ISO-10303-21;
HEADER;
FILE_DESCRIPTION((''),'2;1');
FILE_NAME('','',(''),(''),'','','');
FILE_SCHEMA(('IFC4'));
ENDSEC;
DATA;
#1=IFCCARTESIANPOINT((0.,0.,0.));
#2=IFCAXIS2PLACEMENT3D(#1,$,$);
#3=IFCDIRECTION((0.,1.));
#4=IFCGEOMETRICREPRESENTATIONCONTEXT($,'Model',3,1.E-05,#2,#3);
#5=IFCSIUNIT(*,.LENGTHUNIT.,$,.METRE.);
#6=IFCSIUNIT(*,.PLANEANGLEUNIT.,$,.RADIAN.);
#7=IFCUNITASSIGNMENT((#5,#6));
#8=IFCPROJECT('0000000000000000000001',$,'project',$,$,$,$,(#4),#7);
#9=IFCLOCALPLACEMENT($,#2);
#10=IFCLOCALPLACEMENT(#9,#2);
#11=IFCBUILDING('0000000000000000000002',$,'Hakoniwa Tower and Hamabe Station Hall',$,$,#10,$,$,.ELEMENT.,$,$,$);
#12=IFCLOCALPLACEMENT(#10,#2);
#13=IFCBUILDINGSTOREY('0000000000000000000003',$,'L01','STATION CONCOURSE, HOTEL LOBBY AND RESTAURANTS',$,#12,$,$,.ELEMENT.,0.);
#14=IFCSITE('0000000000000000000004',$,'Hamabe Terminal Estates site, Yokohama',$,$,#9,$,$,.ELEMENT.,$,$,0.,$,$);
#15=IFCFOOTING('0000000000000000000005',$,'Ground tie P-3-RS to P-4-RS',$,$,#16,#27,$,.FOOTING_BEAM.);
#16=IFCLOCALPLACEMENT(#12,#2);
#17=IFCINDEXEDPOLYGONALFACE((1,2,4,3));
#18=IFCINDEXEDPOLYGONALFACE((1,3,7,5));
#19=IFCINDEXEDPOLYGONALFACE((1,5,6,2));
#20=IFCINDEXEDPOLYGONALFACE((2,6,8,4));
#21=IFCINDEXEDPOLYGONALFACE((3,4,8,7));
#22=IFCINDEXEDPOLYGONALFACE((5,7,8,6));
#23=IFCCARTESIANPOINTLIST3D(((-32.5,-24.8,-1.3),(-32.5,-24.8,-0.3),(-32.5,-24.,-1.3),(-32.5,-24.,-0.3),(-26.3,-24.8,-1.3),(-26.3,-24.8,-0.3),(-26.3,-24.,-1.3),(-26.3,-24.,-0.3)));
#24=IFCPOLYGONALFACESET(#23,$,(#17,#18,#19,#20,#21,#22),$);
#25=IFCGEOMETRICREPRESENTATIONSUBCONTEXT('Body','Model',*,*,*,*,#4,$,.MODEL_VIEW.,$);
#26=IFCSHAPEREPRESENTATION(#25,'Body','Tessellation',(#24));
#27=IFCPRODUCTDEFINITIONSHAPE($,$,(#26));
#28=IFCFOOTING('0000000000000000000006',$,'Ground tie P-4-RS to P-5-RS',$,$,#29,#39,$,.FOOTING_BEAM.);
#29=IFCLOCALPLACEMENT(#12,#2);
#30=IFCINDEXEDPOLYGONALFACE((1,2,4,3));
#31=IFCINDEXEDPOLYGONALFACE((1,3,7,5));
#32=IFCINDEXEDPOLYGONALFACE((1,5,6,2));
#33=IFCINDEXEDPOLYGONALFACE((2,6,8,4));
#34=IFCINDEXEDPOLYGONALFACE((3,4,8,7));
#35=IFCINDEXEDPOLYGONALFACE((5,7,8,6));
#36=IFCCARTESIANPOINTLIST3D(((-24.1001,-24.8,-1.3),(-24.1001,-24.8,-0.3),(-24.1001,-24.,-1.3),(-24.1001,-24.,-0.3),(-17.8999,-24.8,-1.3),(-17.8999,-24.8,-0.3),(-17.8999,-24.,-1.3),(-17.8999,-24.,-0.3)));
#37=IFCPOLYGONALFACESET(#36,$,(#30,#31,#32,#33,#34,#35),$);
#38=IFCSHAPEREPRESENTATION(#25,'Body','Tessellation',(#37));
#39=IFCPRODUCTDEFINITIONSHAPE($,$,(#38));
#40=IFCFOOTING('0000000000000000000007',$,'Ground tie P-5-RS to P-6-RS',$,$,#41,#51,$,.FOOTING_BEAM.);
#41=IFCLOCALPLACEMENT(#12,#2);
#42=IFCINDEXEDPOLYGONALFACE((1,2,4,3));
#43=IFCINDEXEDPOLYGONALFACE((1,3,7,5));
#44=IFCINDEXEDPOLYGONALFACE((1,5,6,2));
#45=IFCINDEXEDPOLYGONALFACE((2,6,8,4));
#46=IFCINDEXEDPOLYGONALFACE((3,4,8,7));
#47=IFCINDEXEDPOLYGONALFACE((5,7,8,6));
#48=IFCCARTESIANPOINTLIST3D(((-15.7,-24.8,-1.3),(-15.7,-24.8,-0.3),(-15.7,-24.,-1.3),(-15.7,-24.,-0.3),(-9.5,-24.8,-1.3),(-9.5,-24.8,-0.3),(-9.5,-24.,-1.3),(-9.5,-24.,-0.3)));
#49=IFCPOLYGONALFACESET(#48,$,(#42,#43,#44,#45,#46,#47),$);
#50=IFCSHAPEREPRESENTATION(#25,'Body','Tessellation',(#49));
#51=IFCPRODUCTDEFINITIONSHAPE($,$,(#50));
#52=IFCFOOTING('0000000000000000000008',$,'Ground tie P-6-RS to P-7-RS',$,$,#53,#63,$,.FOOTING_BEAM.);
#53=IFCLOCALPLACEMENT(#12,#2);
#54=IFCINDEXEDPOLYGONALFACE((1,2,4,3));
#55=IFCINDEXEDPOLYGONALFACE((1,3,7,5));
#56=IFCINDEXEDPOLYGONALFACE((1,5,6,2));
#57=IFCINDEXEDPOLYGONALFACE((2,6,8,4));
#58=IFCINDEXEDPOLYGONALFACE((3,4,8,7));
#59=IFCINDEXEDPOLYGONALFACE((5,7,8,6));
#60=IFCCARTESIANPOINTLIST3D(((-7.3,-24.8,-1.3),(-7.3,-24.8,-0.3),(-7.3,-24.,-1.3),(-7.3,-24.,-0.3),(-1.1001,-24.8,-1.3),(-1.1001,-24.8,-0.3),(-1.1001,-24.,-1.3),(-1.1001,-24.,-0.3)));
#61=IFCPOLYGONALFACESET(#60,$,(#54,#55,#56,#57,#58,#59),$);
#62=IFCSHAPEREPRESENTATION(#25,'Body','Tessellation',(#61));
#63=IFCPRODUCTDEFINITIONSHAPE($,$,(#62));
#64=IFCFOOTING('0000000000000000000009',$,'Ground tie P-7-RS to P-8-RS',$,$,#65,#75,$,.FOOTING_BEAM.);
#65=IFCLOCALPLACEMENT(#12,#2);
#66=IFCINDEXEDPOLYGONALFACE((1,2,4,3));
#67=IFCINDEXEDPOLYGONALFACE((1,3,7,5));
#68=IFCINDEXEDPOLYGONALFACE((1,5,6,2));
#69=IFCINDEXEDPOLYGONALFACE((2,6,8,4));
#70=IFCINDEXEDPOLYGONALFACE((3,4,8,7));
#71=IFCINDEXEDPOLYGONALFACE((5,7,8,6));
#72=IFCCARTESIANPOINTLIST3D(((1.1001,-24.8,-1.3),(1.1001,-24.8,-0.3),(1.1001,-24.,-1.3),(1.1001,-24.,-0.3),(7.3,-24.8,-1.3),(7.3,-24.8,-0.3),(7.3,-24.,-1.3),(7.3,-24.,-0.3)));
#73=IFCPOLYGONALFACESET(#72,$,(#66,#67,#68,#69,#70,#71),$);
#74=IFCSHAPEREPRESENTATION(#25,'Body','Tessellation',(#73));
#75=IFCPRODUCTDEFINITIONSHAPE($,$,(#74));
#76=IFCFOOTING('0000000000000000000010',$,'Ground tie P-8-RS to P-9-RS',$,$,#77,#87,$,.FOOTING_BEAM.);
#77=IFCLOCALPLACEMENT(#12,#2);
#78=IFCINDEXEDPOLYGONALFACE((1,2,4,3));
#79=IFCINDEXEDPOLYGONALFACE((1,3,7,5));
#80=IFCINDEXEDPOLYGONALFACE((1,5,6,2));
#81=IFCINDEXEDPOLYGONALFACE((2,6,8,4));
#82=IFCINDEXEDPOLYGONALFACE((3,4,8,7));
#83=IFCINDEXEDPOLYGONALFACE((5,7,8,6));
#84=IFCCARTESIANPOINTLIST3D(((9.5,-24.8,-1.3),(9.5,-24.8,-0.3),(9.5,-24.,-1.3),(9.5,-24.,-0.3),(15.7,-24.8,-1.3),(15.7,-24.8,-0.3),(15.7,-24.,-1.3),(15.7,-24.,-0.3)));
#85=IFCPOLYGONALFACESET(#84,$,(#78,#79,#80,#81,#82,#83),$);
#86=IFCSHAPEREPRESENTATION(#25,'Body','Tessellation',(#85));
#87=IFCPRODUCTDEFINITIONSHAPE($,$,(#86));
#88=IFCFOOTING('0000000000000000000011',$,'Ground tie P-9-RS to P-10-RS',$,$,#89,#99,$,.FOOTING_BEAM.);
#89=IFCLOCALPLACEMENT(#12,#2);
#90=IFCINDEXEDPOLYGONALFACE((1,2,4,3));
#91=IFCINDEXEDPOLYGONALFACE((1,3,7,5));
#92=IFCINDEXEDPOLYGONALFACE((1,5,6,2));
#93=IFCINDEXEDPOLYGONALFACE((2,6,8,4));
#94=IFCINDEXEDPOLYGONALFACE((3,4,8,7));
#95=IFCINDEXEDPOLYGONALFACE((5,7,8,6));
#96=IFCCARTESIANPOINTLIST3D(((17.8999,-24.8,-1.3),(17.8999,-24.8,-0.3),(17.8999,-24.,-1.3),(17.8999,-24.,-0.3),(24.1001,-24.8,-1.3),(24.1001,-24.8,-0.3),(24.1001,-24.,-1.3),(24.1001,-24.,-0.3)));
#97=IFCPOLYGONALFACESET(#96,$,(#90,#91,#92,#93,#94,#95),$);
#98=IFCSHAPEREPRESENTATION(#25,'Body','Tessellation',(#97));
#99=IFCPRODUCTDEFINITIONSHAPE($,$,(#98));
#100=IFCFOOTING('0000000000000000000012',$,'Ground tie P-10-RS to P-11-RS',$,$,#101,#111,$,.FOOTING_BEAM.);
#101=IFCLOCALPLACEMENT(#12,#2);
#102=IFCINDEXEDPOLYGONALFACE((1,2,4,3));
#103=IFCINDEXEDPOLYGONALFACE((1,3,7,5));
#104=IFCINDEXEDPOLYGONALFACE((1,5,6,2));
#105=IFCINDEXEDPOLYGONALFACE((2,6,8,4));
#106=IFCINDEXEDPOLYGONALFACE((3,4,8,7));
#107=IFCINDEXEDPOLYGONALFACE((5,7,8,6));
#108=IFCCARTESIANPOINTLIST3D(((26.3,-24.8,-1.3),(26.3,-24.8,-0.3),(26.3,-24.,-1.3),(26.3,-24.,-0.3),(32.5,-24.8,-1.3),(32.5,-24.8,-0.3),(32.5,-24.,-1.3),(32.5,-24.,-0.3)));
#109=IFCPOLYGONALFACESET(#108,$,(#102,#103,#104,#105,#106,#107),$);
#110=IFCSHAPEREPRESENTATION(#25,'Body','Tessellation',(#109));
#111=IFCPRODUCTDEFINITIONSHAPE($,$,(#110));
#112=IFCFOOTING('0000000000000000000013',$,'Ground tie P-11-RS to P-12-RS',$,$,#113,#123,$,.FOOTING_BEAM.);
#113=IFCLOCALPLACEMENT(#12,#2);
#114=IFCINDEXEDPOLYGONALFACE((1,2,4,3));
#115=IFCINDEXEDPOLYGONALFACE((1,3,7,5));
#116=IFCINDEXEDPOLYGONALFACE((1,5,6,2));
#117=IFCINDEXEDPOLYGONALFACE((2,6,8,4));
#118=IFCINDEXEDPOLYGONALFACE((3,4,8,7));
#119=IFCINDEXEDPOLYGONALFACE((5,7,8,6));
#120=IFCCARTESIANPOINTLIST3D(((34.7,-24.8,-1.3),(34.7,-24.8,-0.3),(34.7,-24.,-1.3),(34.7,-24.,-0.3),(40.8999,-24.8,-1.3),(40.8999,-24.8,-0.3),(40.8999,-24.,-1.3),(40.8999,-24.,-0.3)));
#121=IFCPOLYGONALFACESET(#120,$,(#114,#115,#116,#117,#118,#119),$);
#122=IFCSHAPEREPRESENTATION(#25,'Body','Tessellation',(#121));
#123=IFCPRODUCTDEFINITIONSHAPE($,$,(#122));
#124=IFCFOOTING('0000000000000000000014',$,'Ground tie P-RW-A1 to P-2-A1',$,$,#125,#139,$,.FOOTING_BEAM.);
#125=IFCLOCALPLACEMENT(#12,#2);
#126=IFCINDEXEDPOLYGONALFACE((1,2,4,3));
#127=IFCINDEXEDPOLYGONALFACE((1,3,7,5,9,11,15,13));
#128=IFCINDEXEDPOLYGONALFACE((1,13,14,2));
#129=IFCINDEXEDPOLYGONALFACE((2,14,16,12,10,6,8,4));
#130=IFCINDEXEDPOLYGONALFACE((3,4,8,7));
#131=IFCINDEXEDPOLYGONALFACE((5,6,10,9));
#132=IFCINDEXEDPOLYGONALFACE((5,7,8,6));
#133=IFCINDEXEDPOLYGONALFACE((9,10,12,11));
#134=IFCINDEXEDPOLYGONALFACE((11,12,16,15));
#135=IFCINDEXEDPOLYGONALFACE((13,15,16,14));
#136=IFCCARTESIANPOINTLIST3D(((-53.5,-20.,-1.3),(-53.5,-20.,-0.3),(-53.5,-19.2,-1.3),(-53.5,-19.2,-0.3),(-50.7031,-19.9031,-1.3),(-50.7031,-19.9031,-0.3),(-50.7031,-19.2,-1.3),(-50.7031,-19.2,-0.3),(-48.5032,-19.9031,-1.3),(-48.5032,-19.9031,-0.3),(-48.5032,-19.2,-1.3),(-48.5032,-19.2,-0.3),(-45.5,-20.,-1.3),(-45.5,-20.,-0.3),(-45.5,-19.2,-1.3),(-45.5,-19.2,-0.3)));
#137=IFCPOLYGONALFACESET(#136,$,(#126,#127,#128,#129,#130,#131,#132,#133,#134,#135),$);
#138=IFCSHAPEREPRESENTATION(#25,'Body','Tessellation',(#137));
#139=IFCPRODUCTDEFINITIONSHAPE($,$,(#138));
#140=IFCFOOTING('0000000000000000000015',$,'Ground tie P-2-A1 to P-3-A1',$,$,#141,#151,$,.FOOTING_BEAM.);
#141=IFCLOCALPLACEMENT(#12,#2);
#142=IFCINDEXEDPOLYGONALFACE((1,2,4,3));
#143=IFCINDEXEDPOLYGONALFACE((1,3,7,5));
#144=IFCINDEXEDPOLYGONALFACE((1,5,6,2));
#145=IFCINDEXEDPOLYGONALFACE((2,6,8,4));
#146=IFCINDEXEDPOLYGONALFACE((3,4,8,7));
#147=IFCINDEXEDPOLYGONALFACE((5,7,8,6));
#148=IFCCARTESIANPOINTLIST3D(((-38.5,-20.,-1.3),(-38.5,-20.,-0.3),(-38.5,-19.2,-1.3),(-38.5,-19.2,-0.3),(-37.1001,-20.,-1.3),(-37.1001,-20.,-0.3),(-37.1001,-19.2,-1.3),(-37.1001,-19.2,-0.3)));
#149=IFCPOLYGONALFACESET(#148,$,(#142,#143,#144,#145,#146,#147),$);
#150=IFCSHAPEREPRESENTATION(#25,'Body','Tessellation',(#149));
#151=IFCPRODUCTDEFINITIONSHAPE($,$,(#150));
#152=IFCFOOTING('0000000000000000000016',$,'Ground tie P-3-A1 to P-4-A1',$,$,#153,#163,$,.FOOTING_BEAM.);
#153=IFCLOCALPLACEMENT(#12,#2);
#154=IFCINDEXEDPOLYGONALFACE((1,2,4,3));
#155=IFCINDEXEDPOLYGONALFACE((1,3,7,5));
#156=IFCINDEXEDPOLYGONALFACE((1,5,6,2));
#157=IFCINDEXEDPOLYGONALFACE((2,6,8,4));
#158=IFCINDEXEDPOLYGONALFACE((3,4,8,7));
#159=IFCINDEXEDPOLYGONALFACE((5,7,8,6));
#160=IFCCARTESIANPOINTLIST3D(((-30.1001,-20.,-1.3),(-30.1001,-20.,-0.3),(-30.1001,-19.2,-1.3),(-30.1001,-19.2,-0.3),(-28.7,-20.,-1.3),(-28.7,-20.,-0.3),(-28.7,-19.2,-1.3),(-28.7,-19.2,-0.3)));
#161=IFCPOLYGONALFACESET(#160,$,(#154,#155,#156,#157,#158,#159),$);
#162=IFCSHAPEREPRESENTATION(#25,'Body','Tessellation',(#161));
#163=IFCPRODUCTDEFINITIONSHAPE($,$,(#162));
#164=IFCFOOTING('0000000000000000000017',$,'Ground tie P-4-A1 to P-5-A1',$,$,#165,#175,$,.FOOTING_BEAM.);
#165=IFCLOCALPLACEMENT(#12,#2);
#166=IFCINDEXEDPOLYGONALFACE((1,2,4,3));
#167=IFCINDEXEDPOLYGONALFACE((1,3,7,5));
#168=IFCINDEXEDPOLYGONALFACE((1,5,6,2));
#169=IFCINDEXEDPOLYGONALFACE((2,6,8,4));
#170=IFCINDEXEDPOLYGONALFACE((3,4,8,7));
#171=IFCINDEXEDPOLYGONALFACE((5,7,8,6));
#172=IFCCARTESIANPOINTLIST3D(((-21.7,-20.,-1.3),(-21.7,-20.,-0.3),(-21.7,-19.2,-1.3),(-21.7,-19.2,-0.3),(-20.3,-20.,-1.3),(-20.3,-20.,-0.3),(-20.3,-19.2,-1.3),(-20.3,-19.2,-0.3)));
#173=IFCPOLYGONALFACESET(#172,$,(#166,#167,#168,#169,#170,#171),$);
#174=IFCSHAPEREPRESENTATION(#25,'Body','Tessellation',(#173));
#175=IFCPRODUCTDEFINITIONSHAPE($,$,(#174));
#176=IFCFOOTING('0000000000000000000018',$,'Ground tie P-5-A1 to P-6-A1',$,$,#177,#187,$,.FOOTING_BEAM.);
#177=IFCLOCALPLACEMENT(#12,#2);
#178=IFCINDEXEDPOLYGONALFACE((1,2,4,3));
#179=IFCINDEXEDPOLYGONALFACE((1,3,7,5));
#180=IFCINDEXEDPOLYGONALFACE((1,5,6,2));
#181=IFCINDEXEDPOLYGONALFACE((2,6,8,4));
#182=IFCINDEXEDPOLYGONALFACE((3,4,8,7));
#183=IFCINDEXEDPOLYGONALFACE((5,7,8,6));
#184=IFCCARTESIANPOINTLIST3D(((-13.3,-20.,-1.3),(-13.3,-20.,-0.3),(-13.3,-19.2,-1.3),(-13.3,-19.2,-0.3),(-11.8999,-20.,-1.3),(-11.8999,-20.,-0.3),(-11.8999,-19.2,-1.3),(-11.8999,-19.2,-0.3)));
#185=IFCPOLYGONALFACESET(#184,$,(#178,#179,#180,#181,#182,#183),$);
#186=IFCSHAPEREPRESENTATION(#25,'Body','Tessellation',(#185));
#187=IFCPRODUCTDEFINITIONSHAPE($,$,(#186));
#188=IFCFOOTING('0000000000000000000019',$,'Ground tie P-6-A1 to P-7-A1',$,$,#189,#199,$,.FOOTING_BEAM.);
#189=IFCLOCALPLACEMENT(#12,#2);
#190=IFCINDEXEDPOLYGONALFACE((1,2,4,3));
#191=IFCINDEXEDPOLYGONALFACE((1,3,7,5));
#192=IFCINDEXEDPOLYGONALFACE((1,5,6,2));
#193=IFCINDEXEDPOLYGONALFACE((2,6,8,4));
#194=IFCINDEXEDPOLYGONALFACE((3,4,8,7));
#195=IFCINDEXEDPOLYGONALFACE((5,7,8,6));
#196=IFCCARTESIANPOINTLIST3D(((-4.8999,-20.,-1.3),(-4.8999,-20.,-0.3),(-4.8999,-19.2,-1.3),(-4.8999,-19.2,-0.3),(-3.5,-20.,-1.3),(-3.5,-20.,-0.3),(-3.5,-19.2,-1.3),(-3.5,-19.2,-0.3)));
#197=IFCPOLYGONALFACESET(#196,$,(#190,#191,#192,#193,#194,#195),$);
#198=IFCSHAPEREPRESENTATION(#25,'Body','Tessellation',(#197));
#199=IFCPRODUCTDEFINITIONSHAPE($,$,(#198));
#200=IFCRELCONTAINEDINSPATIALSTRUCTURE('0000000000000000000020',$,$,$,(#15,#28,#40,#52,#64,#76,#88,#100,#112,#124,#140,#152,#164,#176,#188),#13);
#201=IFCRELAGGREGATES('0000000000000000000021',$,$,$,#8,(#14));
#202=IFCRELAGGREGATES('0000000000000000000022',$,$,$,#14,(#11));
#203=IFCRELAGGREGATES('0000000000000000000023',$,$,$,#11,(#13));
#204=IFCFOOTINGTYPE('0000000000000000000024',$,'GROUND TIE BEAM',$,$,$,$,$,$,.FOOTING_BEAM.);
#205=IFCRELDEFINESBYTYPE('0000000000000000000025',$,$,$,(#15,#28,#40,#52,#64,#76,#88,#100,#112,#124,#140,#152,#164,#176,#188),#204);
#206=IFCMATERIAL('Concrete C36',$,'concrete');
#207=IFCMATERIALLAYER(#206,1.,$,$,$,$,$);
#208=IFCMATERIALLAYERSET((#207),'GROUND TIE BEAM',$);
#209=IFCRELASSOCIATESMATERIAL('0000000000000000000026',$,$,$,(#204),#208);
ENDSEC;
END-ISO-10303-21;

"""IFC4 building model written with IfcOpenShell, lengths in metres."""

from ifc_helpers import new_model, si_unit, direction, frame, origin, place, context, subcontext, project, spatial, polyline, outline, extrude, material, layer, layer_set, type_object, element, save


model = new_model("IFC4")

# Units and contexts
model_context = context("Model", 3, precision=1e-05, world=origin(), true_north=direction((0.0, 1.0)))
body_context = subcontext(model_context, "Body", "Model", "MODEL_VIEW")
ifc_project = project(units=[si_unit("LENGTHUNIT", "METRE"), si_unit("PLANEANGLEUNIT", "RADIAN")], contexts=[model_context])

# Site, building, storey
site_placement = place(None, origin())
site = spatial("IfcSite", under=ifc_project, at=site_placement, Name="Hamabe Terminal Estates site, Yokohama", CompositionType="ELEMENT", RefElevation=0.0)
building_placement = place(site_placement, origin())
building = spatial("IfcBuilding", under=site, at=building_placement, Name="Hakoniwa Tower and Hamabe Station Hall", CompositionType="ELEMENT")
storey_placement = place(building_placement, origin())
storey = spatial("IfcBuildingStorey", under=building, at=storey_placement, Name="L01", Description="STATION CONCOURSE, HOTEL LOBBY AND RESTAURANTS", CompositionType="ELEMENT", Elevation=0.0)

# Footings
ifc_material = material(Name="Concrete C36", Category="concrete")
ifc_layer = layer(ifc_material, 1.0)
ifc_layer_set = layer_set([ifc_layer], Name="GROUND TIE BEAM")
footing_type = type_object("IfcFootingType", Name="GROUND TIE BEAM", PredefinedType="FOOTING_BEAM", material=ifc_layer_set)
footing_1_placement = place(storey_placement, frame((0.0, 0.0, -1.3)))
element("IfcFooting", 1, at=footing_1_placement, inside=storey, type_object=footing_type, Name="Ground tie P-3-RS to P-4-RS", PredefinedType="FOOTING_BEAM", context=body_context, shape_type="SweptSolid", body=[
    extrude(outline(polyline([(-32.5, -24.0), (-32.5, -24.8), (-26.3, -24.8), (-26.3, -24.0), (-32.5, -24.0)])), origin(), (0.0, 0.0, 1.0), 1.0),
])
footing_2_placement = place(storey_placement, frame((0.0, 0.0, -1.3)))
element("IfcFooting", 2, at=footing_2_placement, inside=storey, type_object=footing_type, Name="Ground tie P-4-RS to P-5-RS", PredefinedType="FOOTING_BEAM", context=body_context, shape_type="SweptSolid", body=[
    extrude(outline(polyline([(-24.1001, -24.0), (-24.1001, -24.8), (-17.8999, -24.8), (-17.8999, -24.0), (-24.1001, -24.0)])), origin(), (0.0, 0.0, 1.0), 1.0),
])
footing_3_placement = place(storey_placement, frame((0.0, 0.0, -1.3)))
element("IfcFooting", 3, at=footing_3_placement, inside=storey, type_object=footing_type, Name="Ground tie P-5-RS to P-6-RS", PredefinedType="FOOTING_BEAM", context=body_context, shape_type="SweptSolid", body=[
    extrude(outline(polyline([(-15.7, -24.0), (-15.7, -24.8), (-9.5, -24.8), (-9.5, -24.0), (-15.7, -24.0)])), origin(), (0.0, 0.0, 1.0), 1.0),
])
footing_4_placement = place(storey_placement, frame((0.0, 0.0, -1.3)))
element("IfcFooting", 4, at=footing_4_placement, inside=storey, type_object=footing_type, Name="Ground tie P-6-RS to P-7-RS", PredefinedType="FOOTING_BEAM", context=body_context, shape_type="SweptSolid", body=[
    extrude(outline(polyline([(-7.3, -24.0), (-7.3, -24.8), (-1.1001, -24.8), (-1.1001, -24.0), (-7.3, -24.0)])), origin(), (0.0, 0.0, 1.0), 1.0),
])
footing_5_placement = place(storey_placement, frame((0.0, 0.0, -1.3)))
element("IfcFooting", 5, at=footing_5_placement, inside=storey, type_object=footing_type, Name="Ground tie P-7-RS to P-8-RS", PredefinedType="FOOTING_BEAM", context=body_context, shape_type="SweptSolid", body=[
    extrude(outline(polyline([(1.1001, -24.0), (1.1001, -24.8), (7.3, -24.8), (7.3, -24.0), (1.1001, -24.0)])), origin(), (0.0, 0.0, 1.0), 1.0),
])
footing_6_placement = place(storey_placement, frame((0.0, 0.0, -1.3)))
element("IfcFooting", 6, at=footing_6_placement, inside=storey, type_object=footing_type, Name="Ground tie P-8-RS to P-9-RS", PredefinedType="FOOTING_BEAM", context=body_context, shape_type="SweptSolid", body=[
    extrude(outline(polyline([(9.5, -24.0), (9.5, -24.8), (15.7, -24.8), (15.7, -24.0), (9.5, -24.0)])), origin(), (0.0, 0.0, 1.0), 1.0),
])
footing_7_placement = place(storey_placement, frame((0.0, 0.0, -1.3)))
element("IfcFooting", 7, at=footing_7_placement, inside=storey, type_object=footing_type, Name="Ground tie P-9-RS to P-10-RS", PredefinedType="FOOTING_BEAM", context=body_context, shape_type="SweptSolid", body=[
    extrude(outline(polyline([(17.8999, -24.0), (17.8999, -24.8), (24.1001, -24.8), (24.1001, -24.0), (17.8999, -24.0)])), origin(), (0.0, 0.0, 1.0), 1.0),
])
footing_8_placement = place(storey_placement, frame((0.0, 0.0, -1.3)))
element("IfcFooting", 8, at=footing_8_placement, inside=storey, type_object=footing_type, Name="Ground tie P-10-RS to P-11-RS", PredefinedType="FOOTING_BEAM", context=body_context, shape_type="SweptSolid", body=[
    extrude(outline(polyline([(26.3, -24.0), (26.3, -24.8), (32.5, -24.8), (32.5, -24.0), (26.3, -24.0)])), origin(), (0.0, 0.0, 1.0), 1.0),
])
footing_9_placement = place(storey_placement, frame((0.0, 0.0, -1.3)))
element("IfcFooting", 9, at=footing_9_placement, inside=storey, type_object=footing_type, Name="Ground tie P-11-RS to P-12-RS", PredefinedType="FOOTING_BEAM", context=body_context, shape_type="SweptSolid", body=[
    extrude(outline(polyline([(34.7, -24.0), (34.7, -24.8), (40.8999, -24.8), (40.8999, -24.0), (34.7, -24.0)])), origin(), (0.0, 0.0, 1.0), 1.0),
])
footing_10_placement = place(storey_placement, frame((0.0, 0.0, -1.3)))
element("IfcFooting", 10, at=footing_10_placement, inside=storey, type_object=footing_type, Name="Ground tie P-RW-A1 to P-2-A1", PredefinedType="FOOTING_BEAM", context=body_context, shape_type="SweptSolid", body=[
    extrude(outline(polyline([(-48.5032, -19.2), (-48.5032, -19.9031), (-50.7031, -19.9031), (-50.7031, -19.2), (-53.5, -19.2), (-53.5, -20.0), (-45.5, -20.0), (-45.5, -19.2), (-48.5032, -19.2)])), origin(), (0.0, 0.0, 1.0), 1.0),
])
footing_11_placement = place(storey_placement, frame((0.0, 0.0, -1.3)))
element("IfcFooting", 11, at=footing_11_placement, inside=storey, type_object=footing_type, Name="Ground tie P-2-A1 to P-3-A1", PredefinedType="FOOTING_BEAM", context=body_context, shape_type="SweptSolid", body=[
    extrude(outline(polyline([(-38.5, -19.2), (-38.5, -20.0), (-37.1001, -20.0), (-37.1001, -19.2), (-38.5, -19.2)])), origin(), (0.0, 0.0, 1.0), 1.0),
])
footing_12_placement = place(storey_placement, frame((0.0, 0.0, -1.3)))
element("IfcFooting", 12, at=footing_12_placement, inside=storey, type_object=footing_type, Name="Ground tie P-3-A1 to P-4-A1", PredefinedType="FOOTING_BEAM", context=body_context, shape_type="SweptSolid", body=[
    extrude(outline(polyline([(-30.1001, -19.2), (-30.1001, -20.0), (-28.7, -20.0), (-28.7, -19.2), (-30.1001, -19.2)])), origin(), (0.0, 0.0, 1.0), 1.0),
])
footing_13_placement = place(storey_placement, frame((0.0, 0.0, -1.3)))
element("IfcFooting", 13, at=footing_13_placement, inside=storey, type_object=footing_type, Name="Ground tie P-4-A1 to P-5-A1", PredefinedType="FOOTING_BEAM", context=body_context, shape_type="SweptSolid", body=[
    extrude(outline(polyline([(-21.7, -19.2), (-21.7, -20.0), (-20.3, -20.0), (-20.3, -19.2), (-21.7, -19.2)])), origin(), (0.0, 0.0, 1.0), 1.0),
])
footing_14_placement = place(storey_placement, frame((0.0, 0.0, -1.3)))
element("IfcFooting", 14, at=footing_14_placement, inside=storey, type_object=footing_type, Name="Ground tie P-5-A1 to P-6-A1", PredefinedType="FOOTING_BEAM", context=body_context, shape_type="SweptSolid", body=[
    extrude(outline(polyline([(-13.3, -19.2), (-13.3, -20.0), (-11.8999, -20.0), (-11.8999, -19.2), (-13.3, -19.2)])), origin(), (0.0, 0.0, 1.0), 1.0),
])
footing_15_placement = place(storey_placement, frame((0.0, 0.0, -1.3)))
element("IfcFooting", 15, at=footing_15_placement, inside=storey, type_object=footing_type, Name="Ground tie P-6-A1 to P-7-A1", PredefinedType="FOOTING_BEAM", context=body_context, shape_type="SweptSolid", body=[
    extrude(outline(polyline([(-4.8999, -19.2), (-4.8999, -20.0), (-3.5, -20.0), (-3.5, -19.2), (-4.8999, -19.2)])), origin(), (0.0, 0.0, 1.0), 1.0),
])

save(model, "model.ifc")
